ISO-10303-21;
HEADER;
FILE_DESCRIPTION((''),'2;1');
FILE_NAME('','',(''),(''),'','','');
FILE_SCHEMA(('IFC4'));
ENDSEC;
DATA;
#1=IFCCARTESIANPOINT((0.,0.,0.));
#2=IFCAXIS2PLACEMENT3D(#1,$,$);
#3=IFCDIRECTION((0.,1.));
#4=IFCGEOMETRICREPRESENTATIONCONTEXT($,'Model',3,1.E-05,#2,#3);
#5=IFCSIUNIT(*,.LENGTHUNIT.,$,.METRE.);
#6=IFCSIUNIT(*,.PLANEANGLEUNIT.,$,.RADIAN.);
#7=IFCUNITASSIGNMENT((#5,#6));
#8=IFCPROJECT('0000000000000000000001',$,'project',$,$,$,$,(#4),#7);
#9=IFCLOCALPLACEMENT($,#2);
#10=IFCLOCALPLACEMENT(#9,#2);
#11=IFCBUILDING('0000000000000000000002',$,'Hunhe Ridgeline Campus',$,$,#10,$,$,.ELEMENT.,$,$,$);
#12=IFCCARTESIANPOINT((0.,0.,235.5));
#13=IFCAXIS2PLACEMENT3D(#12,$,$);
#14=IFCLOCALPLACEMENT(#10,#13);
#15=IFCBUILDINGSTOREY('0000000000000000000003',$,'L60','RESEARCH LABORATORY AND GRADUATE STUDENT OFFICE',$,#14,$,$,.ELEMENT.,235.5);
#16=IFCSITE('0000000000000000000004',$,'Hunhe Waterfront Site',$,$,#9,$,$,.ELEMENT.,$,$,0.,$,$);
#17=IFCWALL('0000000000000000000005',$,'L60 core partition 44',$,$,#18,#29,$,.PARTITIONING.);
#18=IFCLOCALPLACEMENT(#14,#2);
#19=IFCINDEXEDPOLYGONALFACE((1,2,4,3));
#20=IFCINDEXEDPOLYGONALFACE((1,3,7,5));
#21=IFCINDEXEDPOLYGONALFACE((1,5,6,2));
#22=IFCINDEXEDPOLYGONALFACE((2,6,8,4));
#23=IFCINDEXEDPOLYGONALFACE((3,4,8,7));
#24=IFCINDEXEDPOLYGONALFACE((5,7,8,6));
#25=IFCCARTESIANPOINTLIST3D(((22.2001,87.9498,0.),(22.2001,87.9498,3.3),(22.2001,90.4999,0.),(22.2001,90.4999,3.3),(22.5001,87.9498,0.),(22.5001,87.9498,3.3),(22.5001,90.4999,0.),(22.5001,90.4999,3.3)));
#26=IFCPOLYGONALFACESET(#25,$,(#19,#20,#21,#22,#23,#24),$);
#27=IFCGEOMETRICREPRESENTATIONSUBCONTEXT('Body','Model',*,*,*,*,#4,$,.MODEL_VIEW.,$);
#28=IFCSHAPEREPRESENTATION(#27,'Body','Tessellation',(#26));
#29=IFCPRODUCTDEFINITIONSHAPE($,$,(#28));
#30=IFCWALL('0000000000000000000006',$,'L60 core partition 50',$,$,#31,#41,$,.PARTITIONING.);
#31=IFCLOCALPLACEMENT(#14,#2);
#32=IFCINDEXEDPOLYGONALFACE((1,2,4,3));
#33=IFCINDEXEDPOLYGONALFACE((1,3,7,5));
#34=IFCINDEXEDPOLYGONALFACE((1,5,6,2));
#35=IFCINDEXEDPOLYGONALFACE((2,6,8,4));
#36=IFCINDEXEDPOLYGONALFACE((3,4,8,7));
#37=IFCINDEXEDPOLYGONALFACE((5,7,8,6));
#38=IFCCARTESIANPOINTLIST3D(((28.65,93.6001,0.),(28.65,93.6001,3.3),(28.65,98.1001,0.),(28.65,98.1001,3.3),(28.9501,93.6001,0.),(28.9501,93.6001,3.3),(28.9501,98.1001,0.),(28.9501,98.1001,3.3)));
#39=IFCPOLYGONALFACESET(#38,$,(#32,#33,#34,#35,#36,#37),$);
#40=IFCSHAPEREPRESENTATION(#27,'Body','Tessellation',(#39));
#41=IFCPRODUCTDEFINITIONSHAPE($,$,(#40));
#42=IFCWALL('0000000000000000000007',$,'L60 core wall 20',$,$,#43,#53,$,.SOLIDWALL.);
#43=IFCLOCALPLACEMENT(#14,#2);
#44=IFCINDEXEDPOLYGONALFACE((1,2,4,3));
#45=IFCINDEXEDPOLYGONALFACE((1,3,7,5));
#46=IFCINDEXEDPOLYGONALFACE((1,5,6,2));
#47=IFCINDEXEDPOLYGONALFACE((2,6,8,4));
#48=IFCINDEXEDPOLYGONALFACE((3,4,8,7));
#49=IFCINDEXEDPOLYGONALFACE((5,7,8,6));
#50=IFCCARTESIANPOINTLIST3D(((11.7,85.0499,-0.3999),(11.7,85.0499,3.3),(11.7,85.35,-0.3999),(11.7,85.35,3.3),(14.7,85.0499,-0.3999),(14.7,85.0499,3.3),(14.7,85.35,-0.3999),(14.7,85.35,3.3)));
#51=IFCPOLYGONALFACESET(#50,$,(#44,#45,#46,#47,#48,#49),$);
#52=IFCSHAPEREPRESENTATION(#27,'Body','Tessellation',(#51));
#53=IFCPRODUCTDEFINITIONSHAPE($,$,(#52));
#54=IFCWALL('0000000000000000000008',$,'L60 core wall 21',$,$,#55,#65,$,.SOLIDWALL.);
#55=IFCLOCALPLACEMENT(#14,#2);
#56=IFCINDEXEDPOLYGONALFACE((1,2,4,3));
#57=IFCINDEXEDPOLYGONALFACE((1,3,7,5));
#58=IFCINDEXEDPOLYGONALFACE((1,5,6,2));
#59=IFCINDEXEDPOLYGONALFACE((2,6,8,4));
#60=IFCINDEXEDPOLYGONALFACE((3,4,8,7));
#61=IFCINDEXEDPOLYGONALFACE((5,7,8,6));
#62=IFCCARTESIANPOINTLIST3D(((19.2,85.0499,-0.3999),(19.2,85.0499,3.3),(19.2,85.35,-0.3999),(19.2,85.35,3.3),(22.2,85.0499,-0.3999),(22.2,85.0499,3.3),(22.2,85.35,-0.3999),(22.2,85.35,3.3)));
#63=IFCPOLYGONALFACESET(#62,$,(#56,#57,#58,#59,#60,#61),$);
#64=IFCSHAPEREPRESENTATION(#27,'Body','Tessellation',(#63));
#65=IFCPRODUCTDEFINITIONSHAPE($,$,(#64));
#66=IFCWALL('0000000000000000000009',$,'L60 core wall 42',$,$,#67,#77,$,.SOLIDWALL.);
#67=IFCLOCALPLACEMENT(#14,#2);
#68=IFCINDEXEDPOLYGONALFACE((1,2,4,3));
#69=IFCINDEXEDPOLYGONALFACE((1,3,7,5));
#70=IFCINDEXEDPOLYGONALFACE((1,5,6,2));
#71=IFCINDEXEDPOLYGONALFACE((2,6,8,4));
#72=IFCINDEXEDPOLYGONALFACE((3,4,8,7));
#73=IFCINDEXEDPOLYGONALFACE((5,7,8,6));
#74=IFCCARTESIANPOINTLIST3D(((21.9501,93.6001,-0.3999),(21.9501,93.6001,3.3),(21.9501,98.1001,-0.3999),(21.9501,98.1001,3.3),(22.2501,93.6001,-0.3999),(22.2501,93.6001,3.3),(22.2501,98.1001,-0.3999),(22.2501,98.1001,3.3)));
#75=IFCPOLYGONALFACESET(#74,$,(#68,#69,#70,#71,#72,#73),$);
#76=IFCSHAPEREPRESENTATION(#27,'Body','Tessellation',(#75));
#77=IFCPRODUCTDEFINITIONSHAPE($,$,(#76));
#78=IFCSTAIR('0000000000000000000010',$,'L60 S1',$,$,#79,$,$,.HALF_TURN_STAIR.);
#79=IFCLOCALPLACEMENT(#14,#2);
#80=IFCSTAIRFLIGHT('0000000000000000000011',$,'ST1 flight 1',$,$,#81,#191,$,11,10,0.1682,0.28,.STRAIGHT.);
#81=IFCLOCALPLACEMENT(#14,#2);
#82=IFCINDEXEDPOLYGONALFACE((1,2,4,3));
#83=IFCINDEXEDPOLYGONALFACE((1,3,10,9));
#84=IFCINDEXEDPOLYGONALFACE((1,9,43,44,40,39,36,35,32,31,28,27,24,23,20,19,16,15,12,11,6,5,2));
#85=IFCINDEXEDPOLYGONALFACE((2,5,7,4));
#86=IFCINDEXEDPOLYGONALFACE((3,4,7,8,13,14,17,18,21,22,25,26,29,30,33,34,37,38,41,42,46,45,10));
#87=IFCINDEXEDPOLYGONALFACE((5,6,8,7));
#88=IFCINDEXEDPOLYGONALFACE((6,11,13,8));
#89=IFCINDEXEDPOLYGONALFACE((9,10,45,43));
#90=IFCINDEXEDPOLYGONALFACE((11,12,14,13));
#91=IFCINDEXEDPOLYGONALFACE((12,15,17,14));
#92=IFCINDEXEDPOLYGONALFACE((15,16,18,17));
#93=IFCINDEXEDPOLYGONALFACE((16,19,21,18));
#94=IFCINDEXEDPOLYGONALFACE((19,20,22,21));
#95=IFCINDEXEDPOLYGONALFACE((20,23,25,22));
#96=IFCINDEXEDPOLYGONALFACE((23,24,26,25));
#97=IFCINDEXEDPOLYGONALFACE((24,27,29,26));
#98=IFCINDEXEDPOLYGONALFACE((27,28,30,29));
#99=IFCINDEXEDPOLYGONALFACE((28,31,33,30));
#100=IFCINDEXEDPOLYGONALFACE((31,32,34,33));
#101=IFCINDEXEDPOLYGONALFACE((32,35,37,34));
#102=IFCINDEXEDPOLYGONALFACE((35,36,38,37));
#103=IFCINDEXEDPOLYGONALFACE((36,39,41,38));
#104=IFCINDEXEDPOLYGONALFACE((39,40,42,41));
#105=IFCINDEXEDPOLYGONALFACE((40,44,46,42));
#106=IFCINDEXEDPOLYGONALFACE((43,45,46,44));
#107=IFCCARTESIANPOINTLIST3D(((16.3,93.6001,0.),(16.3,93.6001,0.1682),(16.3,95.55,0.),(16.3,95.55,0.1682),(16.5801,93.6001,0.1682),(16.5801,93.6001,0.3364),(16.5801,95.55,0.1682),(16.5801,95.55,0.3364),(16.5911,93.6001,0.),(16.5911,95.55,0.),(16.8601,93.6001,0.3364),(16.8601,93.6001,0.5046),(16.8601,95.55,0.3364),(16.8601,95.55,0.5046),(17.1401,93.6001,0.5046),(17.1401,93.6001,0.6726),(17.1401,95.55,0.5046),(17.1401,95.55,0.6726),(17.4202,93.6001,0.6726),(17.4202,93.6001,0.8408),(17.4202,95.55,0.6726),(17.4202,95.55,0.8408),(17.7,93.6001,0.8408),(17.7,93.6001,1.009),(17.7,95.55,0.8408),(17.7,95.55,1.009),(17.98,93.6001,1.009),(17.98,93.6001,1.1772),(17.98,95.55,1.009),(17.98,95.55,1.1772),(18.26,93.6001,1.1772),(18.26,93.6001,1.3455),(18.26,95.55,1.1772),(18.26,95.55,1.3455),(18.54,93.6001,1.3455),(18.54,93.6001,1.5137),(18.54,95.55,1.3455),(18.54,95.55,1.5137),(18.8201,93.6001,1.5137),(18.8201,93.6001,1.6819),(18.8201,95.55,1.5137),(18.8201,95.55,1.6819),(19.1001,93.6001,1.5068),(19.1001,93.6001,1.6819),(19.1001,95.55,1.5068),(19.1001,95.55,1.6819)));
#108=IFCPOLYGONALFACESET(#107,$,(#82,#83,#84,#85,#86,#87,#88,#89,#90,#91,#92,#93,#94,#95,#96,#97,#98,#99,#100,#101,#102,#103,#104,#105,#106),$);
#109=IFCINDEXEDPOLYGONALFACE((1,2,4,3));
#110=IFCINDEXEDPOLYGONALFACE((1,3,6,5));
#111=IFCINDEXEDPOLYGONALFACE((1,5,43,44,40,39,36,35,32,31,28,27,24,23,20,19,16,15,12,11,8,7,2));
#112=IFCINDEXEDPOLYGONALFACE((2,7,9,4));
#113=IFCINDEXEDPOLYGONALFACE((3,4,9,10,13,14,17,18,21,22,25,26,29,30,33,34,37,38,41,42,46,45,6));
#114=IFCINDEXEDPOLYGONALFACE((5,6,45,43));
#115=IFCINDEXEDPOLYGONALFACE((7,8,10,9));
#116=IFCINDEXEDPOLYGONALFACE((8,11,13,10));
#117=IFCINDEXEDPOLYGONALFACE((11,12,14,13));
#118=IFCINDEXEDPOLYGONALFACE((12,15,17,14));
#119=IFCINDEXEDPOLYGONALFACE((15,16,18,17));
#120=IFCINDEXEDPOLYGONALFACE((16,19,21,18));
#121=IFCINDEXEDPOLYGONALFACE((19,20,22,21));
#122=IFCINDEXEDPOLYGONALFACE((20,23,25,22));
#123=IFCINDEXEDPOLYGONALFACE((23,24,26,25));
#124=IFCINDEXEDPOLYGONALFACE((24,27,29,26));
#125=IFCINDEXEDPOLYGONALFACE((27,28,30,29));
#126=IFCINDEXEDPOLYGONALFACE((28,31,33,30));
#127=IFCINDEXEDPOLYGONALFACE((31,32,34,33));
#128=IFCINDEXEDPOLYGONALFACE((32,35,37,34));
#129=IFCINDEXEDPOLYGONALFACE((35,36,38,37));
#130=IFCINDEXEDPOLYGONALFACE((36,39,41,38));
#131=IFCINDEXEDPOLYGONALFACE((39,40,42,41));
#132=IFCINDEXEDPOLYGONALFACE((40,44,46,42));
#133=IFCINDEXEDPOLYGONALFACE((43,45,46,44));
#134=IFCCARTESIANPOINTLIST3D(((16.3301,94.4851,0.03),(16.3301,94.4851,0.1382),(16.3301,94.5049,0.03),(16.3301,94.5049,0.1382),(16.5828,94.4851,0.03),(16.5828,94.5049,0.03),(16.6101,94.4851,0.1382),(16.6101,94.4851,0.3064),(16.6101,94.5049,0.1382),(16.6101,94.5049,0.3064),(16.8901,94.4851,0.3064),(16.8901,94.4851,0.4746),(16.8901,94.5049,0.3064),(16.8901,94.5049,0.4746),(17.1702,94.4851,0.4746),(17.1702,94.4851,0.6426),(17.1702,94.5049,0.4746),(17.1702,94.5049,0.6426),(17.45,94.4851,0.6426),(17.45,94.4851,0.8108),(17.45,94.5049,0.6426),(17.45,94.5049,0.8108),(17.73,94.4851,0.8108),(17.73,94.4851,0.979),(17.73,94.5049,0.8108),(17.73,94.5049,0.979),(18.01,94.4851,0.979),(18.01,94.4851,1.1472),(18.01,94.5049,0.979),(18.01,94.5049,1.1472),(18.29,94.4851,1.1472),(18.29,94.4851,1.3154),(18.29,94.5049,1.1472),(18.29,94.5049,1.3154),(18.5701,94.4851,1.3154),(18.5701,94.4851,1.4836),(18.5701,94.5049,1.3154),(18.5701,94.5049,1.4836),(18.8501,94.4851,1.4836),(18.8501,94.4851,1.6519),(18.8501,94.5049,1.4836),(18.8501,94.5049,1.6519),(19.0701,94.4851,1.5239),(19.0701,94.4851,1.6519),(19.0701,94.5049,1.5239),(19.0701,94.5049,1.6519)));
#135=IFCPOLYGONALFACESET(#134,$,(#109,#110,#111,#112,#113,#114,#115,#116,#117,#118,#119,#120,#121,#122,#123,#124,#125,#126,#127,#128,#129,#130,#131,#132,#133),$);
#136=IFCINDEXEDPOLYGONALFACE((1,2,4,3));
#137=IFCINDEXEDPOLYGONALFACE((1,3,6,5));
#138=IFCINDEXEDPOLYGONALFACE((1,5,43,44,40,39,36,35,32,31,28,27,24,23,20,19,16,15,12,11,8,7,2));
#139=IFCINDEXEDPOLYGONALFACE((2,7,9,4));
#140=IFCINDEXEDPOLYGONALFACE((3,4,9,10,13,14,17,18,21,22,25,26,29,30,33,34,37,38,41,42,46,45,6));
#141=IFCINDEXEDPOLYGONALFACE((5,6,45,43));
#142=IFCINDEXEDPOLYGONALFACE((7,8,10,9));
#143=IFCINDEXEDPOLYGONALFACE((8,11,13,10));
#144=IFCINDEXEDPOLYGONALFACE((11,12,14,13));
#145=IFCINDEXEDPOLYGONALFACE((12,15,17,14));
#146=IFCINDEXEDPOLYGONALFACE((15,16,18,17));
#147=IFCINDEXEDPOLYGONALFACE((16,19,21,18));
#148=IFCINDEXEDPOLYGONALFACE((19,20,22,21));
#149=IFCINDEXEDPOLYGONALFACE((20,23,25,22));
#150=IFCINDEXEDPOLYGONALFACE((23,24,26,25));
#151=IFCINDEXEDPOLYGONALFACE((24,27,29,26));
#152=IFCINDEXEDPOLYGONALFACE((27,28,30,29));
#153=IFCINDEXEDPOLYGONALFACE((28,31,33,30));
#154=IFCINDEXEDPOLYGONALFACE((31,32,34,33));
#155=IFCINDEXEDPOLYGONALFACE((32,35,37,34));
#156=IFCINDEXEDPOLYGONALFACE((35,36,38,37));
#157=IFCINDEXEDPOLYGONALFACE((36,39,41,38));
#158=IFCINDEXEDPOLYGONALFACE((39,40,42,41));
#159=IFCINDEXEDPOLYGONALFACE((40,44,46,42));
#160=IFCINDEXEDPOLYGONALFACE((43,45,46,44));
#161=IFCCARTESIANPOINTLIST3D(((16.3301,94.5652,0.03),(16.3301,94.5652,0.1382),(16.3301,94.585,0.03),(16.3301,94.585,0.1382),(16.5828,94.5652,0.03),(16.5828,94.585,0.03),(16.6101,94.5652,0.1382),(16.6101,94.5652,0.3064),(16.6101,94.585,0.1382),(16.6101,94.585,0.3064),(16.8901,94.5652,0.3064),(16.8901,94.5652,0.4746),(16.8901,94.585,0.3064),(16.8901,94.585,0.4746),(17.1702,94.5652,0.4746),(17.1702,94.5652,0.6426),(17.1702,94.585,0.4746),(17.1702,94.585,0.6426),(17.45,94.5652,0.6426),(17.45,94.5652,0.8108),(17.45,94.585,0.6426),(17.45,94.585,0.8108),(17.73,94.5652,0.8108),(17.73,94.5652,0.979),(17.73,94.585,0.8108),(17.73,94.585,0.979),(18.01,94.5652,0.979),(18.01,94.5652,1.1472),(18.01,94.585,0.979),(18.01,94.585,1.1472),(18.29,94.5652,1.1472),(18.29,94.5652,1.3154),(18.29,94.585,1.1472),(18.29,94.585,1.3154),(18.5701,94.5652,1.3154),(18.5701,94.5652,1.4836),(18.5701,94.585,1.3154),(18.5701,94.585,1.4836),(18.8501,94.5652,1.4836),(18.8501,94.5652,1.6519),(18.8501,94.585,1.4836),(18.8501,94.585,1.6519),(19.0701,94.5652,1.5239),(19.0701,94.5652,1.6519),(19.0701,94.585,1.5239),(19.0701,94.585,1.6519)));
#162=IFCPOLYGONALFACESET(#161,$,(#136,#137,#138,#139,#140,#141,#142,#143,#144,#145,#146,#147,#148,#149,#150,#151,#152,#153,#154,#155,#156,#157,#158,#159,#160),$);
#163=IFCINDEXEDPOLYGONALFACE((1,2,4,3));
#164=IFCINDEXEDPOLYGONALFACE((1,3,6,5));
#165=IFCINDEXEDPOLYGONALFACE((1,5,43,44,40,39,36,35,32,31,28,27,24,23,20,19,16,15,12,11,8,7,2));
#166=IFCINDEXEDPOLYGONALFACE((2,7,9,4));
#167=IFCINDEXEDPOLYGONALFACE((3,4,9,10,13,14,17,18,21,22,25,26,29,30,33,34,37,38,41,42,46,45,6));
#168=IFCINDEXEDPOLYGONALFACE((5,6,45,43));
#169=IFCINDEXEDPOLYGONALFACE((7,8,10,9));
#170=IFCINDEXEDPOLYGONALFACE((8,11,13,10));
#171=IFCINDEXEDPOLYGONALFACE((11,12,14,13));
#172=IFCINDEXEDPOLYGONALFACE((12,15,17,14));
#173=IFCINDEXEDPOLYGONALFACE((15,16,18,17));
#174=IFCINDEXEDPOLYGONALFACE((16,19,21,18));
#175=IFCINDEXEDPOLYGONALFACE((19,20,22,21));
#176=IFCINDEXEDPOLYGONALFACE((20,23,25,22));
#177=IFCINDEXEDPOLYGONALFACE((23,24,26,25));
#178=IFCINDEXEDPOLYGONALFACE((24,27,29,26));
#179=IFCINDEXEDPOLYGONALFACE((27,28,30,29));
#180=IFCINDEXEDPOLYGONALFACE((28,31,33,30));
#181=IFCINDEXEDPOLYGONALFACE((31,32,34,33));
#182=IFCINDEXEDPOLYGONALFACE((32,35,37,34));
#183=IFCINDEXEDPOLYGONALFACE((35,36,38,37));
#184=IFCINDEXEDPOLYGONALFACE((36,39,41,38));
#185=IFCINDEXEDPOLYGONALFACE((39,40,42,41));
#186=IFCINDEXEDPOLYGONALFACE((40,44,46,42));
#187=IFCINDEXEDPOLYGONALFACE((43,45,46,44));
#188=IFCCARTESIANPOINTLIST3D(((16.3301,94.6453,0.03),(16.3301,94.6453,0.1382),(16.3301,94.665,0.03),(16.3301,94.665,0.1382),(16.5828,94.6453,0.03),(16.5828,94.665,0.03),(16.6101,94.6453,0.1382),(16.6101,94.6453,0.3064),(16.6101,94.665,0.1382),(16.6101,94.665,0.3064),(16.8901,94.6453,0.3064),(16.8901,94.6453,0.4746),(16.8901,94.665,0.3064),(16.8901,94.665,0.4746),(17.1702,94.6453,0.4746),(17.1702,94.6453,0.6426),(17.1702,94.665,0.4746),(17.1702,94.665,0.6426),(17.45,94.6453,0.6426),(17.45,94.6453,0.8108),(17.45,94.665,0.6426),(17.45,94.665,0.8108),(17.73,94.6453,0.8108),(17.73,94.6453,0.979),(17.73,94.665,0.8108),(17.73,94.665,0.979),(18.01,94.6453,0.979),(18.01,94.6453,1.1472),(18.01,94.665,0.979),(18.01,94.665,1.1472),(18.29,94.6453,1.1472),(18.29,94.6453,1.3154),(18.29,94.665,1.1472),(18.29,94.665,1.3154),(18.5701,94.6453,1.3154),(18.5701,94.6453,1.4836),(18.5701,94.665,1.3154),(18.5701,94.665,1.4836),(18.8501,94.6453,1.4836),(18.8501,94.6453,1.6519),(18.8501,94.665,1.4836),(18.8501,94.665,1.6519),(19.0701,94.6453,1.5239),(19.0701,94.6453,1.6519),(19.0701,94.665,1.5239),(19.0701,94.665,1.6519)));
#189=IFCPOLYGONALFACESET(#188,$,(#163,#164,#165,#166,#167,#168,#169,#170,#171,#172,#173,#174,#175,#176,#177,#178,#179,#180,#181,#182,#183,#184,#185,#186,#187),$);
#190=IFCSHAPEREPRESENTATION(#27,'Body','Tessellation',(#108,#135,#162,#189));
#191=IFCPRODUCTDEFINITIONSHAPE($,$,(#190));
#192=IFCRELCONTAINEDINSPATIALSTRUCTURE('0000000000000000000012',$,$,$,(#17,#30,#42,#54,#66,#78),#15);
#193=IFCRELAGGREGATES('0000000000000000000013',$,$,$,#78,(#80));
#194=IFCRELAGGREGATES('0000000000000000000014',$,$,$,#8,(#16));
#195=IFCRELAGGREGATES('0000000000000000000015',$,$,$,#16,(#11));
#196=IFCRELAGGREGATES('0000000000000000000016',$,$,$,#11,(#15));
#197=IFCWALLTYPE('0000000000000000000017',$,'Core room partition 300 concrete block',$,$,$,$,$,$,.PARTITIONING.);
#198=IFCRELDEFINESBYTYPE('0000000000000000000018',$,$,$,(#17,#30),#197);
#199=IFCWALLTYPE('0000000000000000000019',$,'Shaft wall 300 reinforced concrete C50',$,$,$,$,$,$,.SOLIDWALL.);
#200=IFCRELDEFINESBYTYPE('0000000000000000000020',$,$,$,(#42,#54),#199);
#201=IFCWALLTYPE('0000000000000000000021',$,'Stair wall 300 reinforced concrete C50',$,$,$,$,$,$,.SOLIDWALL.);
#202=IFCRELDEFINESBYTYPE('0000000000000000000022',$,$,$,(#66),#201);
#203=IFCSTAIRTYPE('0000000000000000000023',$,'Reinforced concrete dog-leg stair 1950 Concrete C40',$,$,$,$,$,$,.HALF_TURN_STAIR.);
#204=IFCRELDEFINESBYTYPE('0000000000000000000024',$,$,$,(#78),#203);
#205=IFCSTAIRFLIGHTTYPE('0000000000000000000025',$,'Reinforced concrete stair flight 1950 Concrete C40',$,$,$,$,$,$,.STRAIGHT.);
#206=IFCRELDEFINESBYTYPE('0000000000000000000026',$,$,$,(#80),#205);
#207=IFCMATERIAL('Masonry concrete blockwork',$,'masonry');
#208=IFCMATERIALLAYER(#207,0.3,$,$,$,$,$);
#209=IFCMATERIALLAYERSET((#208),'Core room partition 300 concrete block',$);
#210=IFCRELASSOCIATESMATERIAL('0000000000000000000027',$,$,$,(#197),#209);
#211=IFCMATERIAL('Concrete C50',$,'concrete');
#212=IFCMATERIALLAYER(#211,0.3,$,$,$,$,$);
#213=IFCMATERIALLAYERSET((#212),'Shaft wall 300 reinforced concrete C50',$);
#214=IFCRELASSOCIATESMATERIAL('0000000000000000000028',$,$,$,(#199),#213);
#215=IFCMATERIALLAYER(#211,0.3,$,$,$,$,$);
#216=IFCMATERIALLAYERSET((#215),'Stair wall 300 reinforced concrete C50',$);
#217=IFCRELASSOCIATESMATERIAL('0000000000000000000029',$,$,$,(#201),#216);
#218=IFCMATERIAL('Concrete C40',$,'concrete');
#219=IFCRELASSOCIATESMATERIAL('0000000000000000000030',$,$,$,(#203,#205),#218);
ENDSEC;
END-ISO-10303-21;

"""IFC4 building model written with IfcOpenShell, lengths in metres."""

from ifc_helpers import new_model, si_unit, direction, frame, frame_2d, origin, place, context, subcontext, project, spatial, polyline, rectangle, outline, extrude, material, layer, layer_set, type_object, element, aggregate, save


model = new_model("IFC4")

# Units and contexts
model_context = context("Model", 3, precision=1e-05, world=origin(), true_north=direction((0.0, 1.0)))
body_context = subcontext(model_context, "Body", "Model", "MODEL_VIEW")
ifc_project = project(units=[si_unit("LENGTHUNIT", "METRE"), si_unit("PLANEANGLEUNIT", "RADIAN")], contexts=[model_context])

# Site, building, storey
site_placement = place(None, origin())
site = spatial("IfcSite", under=ifc_project, at=site_placement, Name="Hunhe Waterfront Site", CompositionType="ELEMENT", RefElevation=0.0)
building_placement = place(site_placement, origin())
building = spatial("IfcBuilding", under=site, at=building_placement, Name="Hunhe Ridgeline Campus", CompositionType="ELEMENT")
storey_placement = place(building_placement, frame((0.0, 0.0, 235.5)))
storey = spatial("IfcBuildingStorey", under=building, at=storey_placement, Name="L60", Description="RESEARCH LABORATORY AND GRADUATE STUDENT OFFICE", CompositionType="ELEMENT", Elevation=235.5)

# Walls
ifc_material_1 = material(Name="Masonry concrete blockwork", Category="masonry")
ifc_layer_1 = layer(ifc_material_1, 0.3)
ifc_layer_set_1 = layer_set([ifc_layer_1], Name="Core room partition 300 concrete block")
wall_type_1 = type_object("IfcWallType", Name="Core room partition 300 concrete block", PredefinedType="PARTITIONING", material=ifc_layer_set_1)
wall_1_placement = place(storey_placement, frame((22.3501, 87.95, 0.0), z_axis=(0.0, 0.0, 1.0), x_axis=(0.0, 1.0, 0.0)))
element("IfcWall", 1, at=wall_1_placement, inside=storey, type_object=wall_type_1, Name="L60 core partition 44", PredefinedType="PARTITIONING", context=body_context, shape_type="SweptSolid", body=[
    extrude(rectangle(XDim=2.55, YDim=0.3, at=frame_2d((1.2749, 0.0))), origin(), (0.0, 0.0, 1.0), 3.3),
])
wall_2_placement = place(storey_placement, frame((28.8, 93.6001, 0.0), z_axis=(0.0, 0.0, 1.0), x_axis=(0.0, 1.0, 0.0)))
element("IfcWall", 2, at=wall_2_placement, inside=storey, type_object=wall_type_1, Name="L60 core partition 50", PredefinedType="PARTITIONING", context=body_context, shape_type="SweptSolid", body=[
    extrude(rectangle(XDim=4.5, YDim=0.3, at=frame_2d((2.25, 0.0))), origin(), (0.0, 0.0, 1.0), 3.3),
])
ifc_material_2 = material(Name="Concrete C50", Category="concrete")
ifc_layer_2 = layer(ifc_material_2, 0.3)
ifc_layer_set_2 = layer_set([ifc_layer_2], Name="Shaft wall 300 reinforced concrete C50")
wall_type_2 = type_object("IfcWallType", Name="Shaft wall 300 reinforced concrete C50", PredefinedType="SOLIDWALL", material=ifc_layer_set_2)
for number, where, z_axis, x_axis, name in (
    (3, (11.7, 85.2, -0.3999), (0.0, 0.0, 1.0), (1.0, 0.0, 0.0), "L60 core wall 20"),
    (4, (19.2, 85.2, -0.3999), (0.0, 0.0, 1.0), (1.0, 0.0, 0.0), "L60 core wall 21"),
):
    element("IfcWall", number, at=place(storey_placement, frame(where, z_axis=z_axis, x_axis=x_axis)), inside=storey, type_object=wall_type_2, Name=name, PredefinedType="SOLIDWALL", context=body_context, shape_type="SweptSolid", body=[
        extrude(rectangle(XDim=3.0, YDim=0.3, at=frame_2d((1.5, 0.0))), origin(), (0.0, 0.0, 1.0), 3.7),
    ])

# Shared definitions
ifc_layer_3 = layer(ifc_material_2, 0.3)
ifc_layer_set_3 = layer_set([ifc_layer_3], Name="Stair wall 300 reinforced concrete C50")
wall_type_3 = type_object("IfcWallType", Name="Stair wall 300 reinforced concrete C50", PredefinedType="SOLIDWALL", material=ifc_layer_set_3)

# Wall
wall_3_placement = place(storey_placement, frame((22.1001, 93.6001, -0.3999), z_axis=(0.0, 0.0, 1.0), x_axis=(0.0, 1.0, 0.0)))
element("IfcWall", 5, at=wall_3_placement, inside=storey, type_object=wall_type_3, Name="L60 core wall 42", PredefinedType="SOLIDWALL", context=body_context, shape_type="SweptSolid", body=[
    extrude(rectangle(XDim=4.5, YDim=0.3, at=frame_2d((2.25, 0.0))), origin(), (0.0, 0.0, 1.0), 3.7),
])

# Stair, stair flight
ifc_material_3 = material(Name="Concrete C40", Category="concrete")
stair_type = type_object("IfcStairType", Name="Reinforced concrete dog-leg stair 1950 Concrete C40", PredefinedType="HALF_TURN_STAIR", material=ifc_material_3)
stair_placement = place(storey_placement, origin())
stair = element("IfcStair", 6, at=stair_placement, inside=storey, type_object=stair_type, Name="L60 S1", PredefinedType="HALF_TURN_STAIR")
stair_flight_type = type_object("IfcStairFlightType", Name="Reinforced concrete stair flight 1950 Concrete C40", PredefinedType="STRAIGHT", material=ifc_material_3)
stair_flight_1_placement = place(storey_placement, frame((16.3, 94.575, 0.0), z_axis=(0.0, 0.0, 1.0), x_axis=(1.0, 0.0, 0.0)))
stair_flight_1 = element("IfcStairFlight", 7, at=stair_flight_1_placement, type_object=stair_flight_type, Name="ST1 flight 1", NumberOfRisers=11, NumberOfTreads=10, PredefinedType="STRAIGHT", RiserHeight=0.1682, TreadLength=0.28, context=body_context, shape_type="SweptSolid", body=[
    extrude(outline(polyline([(0.0, 0.0), (0.0, 0.1682), (0.28, 0.1682), (0.28, 0.3364), (0.5601, 0.3364), (0.5601, 0.5046), (0.8401, 0.5046), (0.8401, 0.6726), (1.1201, 0.6726), (1.1201, 0.8408), (1.3999, 0.8408), (1.3999, 1.009), (1.6799, 1.009), (1.6799, 1.1772), (1.96, 1.1772), (1.96, 1.3455), (2.24, 1.3455), (2.24, 1.5137), (2.52, 1.5137), (2.52, 1.6819), (2.8, 1.6819), (2.8, 1.8501), (2.8, 1.5068), (0.291, 0.0), (0.0, 0.0)])), frame((0.0, 0.9751, 0.0), z_axis=(0.0, -1.0, 0.0), x_axis=(1.0, 0.0, 0.0)), (0.0, 0.0, 1.0), 1.95),
    extrude(outline(polyline([(0.03, 0.03), (0.03, 0.1382), (0.3101, 0.1382), (0.3101, 0.3064), (0.5901, 0.3064), (0.5901, 0.4746), (0.8701, 0.4746), (0.8701, 0.6426), (1.1499, 0.6426), (1.1499, 0.8108), (1.4299, 0.8108), (1.4299, 0.979), (1.71, 0.979), (1.71, 1.1472), (1.99, 1.1472), (1.99, 1.3154), (2.27, 1.3154), (2.27, 1.4836), (2.55, 1.4836), (2.55, 1.6519), (2.77, 1.6519), (2.77, 1.5239), (0.2827, 0.03), (0.03, 0.03)])), frame((0.0, -0.0701, 0.0), z_axis=(0.0, -1.0, 0.0), x_axis=(1.0, 0.0, 0.0)), (0.0, 0.0, 1.0), 0.0198),
    extrude(outline(polyline([(0.03, 0.03), (0.03, 0.1382), (0.3101, 0.1382), (0.3101, 0.3064), (0.5901, 0.3064), (0.5901, 0.4746), (0.8701, 0.4746), (0.8701, 0.6426), (1.1499, 0.6426), (1.1499, 0.8108), (1.4299, 0.8108), (1.4299, 0.979), (1.71, 0.979), (1.71, 1.1472), (1.99, 1.1472), (1.99, 1.3154), (2.27, 1.3154), (2.27, 1.4836), (2.55, 1.4836), (2.55, 1.6519), (2.77, 1.6519), (2.77, 1.5239), (0.2827, 0.03), (0.03, 0.03)])), frame((0.0, 0.01, 0.0), z_axis=(0.0, -1.0, 0.0), x_axis=(1.0, 0.0, 0.0)), (0.0, 0.0, 1.0), 0.0198),
    extrude(outline(polyline([(0.03, 0.03), (0.03, 0.1382), (0.3101, 0.1382), (0.3101, 0.3064), (0.5901, 0.3064), (0.5901, 0.4746), (0.8701, 0.4746), (0.8701, 0.6426), (1.1499, 0.6426), (1.1499, 0.8108), (1.4299, 0.8108), (1.4299, 0.979), (1.71, 0.979), (1.71, 1.1472), (1.99, 1.1472), (1.99, 1.3154), (2.27, 1.3154), (2.27, 1.4836), (2.55, 1.4836), (2.55, 1.6519), (2.77, 1.6519), (2.77, 1.5239), (0.2827, 0.03), (0.03, 0.03)])), frame((0.0, 0.0901, 0.0), z_axis=(0.0, -1.0, 0.0), x_axis=(1.0, 0.0, 0.0)), (0.0, 0.0, 1.0), 0.0198),
])
aggregate(stair, [stair_flight_1])

save(model, "model.ifc")
